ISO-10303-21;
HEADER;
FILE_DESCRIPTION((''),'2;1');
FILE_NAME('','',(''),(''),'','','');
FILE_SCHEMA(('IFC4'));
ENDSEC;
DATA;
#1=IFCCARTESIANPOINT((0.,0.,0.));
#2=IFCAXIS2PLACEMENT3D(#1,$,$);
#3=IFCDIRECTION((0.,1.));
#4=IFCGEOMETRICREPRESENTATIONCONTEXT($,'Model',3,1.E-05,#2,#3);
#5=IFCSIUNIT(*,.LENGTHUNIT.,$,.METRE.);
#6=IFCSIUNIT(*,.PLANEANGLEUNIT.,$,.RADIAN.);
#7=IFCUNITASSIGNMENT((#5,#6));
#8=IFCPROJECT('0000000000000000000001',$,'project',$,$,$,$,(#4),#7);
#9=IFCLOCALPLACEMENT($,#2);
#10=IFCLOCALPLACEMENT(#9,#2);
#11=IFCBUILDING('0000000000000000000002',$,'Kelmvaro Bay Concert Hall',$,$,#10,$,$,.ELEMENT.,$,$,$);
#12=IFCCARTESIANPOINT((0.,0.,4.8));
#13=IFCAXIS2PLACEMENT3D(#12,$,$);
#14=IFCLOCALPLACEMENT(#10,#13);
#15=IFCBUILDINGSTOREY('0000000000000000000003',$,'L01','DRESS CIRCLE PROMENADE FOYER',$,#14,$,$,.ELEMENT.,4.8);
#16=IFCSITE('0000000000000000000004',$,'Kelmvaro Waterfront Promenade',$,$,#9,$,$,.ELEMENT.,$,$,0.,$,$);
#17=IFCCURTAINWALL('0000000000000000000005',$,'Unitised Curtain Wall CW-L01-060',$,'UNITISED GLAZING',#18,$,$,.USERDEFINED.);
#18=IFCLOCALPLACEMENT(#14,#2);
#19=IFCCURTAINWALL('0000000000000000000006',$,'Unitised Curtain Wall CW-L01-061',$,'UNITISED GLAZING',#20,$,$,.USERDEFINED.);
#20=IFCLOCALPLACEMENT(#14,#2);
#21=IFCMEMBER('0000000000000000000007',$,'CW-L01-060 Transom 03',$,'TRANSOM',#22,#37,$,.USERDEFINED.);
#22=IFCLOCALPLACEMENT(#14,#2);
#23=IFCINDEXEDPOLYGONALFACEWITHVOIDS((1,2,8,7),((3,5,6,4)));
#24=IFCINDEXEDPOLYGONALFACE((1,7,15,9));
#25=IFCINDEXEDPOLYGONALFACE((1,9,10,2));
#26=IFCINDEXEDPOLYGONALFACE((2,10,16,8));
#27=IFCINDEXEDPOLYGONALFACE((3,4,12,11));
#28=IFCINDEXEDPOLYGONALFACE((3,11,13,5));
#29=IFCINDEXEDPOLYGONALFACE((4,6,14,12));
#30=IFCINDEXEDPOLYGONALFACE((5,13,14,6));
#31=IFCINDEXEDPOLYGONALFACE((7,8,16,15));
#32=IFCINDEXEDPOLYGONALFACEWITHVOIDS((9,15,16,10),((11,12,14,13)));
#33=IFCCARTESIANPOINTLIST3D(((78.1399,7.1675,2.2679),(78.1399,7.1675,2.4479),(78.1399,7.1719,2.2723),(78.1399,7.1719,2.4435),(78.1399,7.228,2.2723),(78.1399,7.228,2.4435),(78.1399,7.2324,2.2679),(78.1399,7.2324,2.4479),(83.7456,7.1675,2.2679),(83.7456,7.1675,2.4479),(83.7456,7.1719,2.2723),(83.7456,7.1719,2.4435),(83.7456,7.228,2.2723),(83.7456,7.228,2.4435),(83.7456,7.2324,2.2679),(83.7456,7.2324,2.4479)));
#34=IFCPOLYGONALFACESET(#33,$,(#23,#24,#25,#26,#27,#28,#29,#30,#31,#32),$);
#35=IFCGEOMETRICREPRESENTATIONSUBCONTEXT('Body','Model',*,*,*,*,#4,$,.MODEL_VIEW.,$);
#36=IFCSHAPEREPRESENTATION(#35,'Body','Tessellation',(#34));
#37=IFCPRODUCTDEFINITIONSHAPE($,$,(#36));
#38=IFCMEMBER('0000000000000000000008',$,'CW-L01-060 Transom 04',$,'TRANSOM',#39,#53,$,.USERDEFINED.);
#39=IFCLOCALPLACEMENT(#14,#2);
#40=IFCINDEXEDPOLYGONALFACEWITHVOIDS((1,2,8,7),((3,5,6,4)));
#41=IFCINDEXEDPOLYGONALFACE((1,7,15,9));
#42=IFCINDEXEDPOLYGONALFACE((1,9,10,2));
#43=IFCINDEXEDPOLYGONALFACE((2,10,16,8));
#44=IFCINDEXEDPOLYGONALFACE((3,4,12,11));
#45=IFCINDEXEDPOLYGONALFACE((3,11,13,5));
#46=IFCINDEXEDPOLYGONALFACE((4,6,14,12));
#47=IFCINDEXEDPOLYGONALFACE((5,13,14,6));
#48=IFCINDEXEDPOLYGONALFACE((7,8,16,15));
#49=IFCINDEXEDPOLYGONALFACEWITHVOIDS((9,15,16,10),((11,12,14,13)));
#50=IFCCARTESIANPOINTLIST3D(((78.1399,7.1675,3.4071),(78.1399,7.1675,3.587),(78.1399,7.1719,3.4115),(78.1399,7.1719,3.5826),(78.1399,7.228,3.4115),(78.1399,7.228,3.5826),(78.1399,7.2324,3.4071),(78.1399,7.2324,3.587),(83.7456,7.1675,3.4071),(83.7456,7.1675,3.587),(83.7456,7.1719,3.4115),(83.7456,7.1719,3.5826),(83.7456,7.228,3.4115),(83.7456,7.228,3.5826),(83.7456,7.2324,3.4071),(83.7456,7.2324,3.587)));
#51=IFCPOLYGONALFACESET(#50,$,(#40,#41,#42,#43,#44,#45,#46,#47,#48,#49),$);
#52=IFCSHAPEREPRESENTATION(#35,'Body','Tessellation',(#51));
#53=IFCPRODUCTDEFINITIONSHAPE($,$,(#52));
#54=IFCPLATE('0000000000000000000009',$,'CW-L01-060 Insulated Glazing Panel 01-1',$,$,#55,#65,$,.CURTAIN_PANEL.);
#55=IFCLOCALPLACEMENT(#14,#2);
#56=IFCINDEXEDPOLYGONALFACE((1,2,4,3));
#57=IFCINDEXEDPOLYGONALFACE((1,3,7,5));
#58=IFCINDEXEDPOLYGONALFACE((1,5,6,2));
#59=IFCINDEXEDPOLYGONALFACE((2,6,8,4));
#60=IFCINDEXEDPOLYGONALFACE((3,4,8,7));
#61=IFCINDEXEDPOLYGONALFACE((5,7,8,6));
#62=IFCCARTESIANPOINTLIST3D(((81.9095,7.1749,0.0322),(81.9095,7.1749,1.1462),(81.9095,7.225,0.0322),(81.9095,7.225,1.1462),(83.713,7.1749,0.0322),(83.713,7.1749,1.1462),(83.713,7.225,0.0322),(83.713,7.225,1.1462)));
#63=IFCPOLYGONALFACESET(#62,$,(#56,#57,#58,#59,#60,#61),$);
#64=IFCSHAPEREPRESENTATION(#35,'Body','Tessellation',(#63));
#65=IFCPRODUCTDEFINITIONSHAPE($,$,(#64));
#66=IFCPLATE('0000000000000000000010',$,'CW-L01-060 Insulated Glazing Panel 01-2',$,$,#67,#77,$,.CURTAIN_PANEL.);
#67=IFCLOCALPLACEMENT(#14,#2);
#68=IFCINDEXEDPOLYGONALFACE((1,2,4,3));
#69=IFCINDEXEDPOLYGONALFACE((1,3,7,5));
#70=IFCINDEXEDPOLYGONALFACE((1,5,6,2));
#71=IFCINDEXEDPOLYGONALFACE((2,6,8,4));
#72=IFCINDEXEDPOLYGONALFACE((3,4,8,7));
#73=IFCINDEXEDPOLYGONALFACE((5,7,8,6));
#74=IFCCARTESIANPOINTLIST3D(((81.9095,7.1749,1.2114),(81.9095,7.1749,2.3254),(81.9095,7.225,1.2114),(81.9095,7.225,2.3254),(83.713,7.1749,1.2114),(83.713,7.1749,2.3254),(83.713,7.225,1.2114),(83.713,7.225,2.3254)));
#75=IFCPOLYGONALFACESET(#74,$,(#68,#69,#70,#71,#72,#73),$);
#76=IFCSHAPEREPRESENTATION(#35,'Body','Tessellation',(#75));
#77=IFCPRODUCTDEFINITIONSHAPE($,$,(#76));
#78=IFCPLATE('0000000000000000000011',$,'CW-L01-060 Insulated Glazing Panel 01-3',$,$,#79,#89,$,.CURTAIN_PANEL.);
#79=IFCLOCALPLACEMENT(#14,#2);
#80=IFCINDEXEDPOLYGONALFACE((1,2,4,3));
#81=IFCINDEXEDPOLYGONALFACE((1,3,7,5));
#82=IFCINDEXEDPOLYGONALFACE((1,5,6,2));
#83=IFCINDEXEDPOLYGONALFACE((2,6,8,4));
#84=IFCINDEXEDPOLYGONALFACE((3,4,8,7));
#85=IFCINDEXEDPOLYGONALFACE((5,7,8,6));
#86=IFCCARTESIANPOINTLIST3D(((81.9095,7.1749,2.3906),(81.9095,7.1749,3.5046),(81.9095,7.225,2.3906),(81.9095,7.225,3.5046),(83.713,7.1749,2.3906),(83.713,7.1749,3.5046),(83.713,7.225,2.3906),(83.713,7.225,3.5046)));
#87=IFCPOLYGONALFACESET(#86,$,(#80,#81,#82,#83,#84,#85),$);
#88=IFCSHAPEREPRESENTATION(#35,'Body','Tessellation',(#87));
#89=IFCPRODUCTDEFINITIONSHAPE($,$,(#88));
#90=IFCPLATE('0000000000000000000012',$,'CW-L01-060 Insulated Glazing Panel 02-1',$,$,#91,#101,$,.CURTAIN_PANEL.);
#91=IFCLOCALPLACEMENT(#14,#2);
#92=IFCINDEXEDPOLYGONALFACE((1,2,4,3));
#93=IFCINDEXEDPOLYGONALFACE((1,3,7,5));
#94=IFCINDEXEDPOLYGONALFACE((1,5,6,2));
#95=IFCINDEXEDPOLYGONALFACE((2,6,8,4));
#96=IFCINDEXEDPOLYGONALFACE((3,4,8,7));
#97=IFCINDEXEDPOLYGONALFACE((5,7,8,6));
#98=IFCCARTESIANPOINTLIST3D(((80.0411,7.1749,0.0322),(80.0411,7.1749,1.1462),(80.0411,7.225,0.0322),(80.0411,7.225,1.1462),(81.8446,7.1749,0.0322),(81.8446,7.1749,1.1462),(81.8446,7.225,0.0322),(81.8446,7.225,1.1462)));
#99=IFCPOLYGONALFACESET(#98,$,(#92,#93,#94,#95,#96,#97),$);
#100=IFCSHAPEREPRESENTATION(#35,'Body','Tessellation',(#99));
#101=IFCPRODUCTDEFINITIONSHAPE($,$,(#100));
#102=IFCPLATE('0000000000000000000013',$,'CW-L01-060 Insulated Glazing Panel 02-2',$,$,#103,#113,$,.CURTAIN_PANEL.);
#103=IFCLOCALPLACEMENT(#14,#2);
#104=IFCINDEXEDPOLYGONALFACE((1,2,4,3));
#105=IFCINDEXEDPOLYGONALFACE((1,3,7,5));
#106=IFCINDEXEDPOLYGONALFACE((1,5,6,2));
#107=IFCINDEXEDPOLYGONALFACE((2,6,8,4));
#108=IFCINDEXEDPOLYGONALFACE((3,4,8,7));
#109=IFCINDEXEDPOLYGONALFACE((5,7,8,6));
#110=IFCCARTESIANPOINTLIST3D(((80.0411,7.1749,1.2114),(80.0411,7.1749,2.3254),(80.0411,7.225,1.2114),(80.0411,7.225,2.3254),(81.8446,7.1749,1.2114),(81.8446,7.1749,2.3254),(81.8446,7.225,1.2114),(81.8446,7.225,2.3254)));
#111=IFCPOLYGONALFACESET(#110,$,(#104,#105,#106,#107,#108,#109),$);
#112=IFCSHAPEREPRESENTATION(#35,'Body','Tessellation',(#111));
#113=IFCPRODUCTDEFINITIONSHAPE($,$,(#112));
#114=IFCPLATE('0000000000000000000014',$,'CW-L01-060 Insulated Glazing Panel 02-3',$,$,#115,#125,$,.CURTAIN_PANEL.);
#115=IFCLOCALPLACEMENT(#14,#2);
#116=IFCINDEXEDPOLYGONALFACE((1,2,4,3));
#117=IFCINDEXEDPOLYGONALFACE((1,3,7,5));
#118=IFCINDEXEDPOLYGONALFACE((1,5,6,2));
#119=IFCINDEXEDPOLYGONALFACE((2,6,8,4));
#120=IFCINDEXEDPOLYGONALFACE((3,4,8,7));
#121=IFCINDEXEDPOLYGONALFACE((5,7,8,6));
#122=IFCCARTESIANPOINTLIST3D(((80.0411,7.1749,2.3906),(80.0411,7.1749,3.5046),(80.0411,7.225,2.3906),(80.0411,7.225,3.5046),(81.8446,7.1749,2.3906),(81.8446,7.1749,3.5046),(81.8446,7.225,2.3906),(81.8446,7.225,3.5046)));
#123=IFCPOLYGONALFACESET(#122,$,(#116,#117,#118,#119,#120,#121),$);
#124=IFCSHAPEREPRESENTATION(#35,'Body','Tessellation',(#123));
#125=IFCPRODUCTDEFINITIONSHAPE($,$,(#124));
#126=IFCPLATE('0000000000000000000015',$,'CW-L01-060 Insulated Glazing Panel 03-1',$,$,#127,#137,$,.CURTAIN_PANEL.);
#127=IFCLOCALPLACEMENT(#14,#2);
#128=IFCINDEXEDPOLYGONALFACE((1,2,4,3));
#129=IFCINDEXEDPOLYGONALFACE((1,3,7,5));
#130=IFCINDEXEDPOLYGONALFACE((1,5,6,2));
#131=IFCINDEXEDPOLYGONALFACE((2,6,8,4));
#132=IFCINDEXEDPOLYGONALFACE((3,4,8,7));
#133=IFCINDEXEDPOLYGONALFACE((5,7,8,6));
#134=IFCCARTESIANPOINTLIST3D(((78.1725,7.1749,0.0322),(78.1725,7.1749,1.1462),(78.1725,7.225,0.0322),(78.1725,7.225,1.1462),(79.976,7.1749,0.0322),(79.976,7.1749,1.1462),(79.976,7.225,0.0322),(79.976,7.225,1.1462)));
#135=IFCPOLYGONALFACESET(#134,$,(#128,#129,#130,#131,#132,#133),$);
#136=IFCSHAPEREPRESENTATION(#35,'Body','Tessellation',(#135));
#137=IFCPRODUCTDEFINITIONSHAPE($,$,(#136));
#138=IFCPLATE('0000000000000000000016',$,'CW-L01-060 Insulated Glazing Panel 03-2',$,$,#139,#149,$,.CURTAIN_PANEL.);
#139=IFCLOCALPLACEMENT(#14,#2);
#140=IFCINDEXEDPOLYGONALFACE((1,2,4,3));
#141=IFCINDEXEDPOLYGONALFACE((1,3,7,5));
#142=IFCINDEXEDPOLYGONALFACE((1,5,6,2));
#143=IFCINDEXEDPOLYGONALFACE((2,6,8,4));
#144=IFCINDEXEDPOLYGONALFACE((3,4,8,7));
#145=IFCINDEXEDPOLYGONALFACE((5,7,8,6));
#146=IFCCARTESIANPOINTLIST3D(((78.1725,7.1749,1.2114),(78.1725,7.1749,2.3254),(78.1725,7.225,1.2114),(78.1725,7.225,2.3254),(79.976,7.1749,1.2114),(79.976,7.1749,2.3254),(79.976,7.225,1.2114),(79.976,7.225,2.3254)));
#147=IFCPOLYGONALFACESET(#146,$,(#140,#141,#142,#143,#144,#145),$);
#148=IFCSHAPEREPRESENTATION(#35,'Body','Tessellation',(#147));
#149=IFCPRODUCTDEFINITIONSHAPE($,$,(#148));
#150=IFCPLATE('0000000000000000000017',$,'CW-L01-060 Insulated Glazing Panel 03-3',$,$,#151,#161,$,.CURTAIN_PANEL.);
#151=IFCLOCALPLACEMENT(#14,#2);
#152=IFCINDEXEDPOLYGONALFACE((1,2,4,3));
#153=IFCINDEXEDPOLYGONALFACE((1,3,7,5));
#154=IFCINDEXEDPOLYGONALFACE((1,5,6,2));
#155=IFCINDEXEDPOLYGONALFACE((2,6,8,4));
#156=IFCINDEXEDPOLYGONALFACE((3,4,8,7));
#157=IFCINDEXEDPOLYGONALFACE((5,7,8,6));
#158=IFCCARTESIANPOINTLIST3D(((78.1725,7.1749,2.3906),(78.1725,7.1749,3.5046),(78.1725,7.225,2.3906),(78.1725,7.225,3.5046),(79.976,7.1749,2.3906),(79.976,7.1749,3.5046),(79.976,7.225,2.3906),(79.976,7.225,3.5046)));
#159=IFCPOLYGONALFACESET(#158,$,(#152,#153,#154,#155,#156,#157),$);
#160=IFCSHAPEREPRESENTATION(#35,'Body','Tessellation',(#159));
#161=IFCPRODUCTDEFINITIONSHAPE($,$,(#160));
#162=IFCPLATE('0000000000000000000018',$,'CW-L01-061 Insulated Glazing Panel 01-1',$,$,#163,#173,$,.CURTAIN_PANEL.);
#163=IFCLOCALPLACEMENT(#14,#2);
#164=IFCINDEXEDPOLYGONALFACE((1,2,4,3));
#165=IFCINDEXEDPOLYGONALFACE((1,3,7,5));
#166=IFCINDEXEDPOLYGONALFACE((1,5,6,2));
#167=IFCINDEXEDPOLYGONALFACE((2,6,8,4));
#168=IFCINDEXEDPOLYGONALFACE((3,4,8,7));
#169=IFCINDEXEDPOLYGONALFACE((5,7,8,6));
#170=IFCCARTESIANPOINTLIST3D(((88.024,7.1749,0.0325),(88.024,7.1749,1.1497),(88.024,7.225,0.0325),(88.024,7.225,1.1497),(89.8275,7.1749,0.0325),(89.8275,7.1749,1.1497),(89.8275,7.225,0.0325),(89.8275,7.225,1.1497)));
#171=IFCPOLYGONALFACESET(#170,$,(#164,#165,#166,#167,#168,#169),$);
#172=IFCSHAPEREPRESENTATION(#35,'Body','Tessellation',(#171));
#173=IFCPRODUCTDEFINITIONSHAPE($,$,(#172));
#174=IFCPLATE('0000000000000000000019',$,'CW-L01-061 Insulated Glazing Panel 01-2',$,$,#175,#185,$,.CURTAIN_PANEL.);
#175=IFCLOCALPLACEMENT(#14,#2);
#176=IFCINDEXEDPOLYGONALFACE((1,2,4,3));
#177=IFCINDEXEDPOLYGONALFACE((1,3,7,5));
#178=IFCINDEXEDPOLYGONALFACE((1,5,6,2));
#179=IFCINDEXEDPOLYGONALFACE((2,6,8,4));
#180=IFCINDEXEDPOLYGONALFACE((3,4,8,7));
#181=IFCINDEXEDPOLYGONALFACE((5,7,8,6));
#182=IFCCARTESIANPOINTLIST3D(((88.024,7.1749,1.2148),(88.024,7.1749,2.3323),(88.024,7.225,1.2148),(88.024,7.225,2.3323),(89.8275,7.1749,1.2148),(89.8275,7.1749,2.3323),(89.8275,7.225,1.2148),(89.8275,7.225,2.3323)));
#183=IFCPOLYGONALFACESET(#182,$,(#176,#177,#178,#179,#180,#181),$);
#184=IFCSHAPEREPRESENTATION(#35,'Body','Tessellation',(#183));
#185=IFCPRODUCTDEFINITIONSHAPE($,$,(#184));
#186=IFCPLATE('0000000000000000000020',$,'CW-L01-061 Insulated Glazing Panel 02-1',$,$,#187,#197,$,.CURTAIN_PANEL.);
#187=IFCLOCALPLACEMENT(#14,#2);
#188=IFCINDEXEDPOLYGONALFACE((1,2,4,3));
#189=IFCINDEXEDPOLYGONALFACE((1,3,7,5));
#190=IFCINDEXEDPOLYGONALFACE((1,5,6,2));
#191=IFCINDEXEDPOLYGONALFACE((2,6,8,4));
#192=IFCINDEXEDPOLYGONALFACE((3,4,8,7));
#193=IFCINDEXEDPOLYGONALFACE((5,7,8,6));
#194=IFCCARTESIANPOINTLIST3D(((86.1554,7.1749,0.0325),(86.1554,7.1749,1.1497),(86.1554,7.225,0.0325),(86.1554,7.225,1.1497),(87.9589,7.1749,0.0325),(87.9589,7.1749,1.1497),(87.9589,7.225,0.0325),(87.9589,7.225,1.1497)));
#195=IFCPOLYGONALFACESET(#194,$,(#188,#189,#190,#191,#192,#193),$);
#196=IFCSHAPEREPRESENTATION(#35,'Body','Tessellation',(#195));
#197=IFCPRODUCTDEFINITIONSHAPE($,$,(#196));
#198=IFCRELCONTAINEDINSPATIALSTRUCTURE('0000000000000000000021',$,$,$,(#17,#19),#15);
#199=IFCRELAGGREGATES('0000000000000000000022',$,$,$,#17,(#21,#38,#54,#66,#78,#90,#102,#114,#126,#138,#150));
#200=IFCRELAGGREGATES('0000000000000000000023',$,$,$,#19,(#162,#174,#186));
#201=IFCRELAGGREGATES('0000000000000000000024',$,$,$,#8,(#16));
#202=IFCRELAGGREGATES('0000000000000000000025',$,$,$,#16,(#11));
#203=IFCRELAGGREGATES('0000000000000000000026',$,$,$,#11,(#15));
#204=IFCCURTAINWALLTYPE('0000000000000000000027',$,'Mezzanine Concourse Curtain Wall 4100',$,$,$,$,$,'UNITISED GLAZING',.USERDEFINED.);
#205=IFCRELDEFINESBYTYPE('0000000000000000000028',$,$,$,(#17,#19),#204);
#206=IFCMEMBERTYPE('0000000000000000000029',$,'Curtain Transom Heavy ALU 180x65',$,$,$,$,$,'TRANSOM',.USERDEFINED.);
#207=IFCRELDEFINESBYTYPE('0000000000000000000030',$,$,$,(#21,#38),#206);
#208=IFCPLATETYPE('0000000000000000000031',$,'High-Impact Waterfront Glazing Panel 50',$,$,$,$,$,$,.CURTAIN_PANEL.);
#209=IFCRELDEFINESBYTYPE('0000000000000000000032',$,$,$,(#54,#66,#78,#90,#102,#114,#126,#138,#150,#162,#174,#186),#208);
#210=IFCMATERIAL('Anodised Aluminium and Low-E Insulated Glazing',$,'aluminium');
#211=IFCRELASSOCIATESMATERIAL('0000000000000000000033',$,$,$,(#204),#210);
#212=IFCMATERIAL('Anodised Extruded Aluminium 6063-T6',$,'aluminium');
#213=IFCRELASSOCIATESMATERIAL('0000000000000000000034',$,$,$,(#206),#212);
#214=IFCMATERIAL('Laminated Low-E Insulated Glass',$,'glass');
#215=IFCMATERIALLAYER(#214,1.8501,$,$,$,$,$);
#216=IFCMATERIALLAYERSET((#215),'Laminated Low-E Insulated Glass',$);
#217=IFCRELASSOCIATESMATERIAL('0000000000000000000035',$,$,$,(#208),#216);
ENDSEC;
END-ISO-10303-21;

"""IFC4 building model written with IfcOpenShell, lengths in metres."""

from ifc_helpers import new_model, si_unit, direction, frame, origin, origin_2d, place, context, subcontext, project, spatial, rectangle, hollow_rectangle, extrude, material, layer, layer_set, material_profile, profile_set, type_object, element, aggregate, save


model = new_model("IFC4")

# Units and contexts
model_context = context("Model", 3, precision=1e-05, world=origin(), true_north=direction((0.0, 1.0)))
body_context = subcontext(model_context, "Body", "Model", "MODEL_VIEW")
ifc_project = project(units=[si_unit("LENGTHUNIT", "METRE"), si_unit("PLANEANGLEUNIT", "RADIAN")], contexts=[model_context])

# Site, building, storey
site_placement = place(None, origin())
site = spatial("IfcSite", under=ifc_project, at=site_placement, Name="Kelmvaro Waterfront Promenade", CompositionType="ELEMENT", RefElevation=0.0)
building_placement = place(site_placement, origin())
building = spatial("IfcBuilding", under=site, at=building_placement, Name="Kelmvaro Bay Concert Hall", CompositionType="ELEMENT")
storey_placement = place(building_placement, frame((0.0, 0.0, 4.8)))
storey = spatial("IfcBuildingStorey", under=building, at=storey_placement, Name="L01", Description="DRESS CIRCLE PROMENADE FOYER", CompositionType="ELEMENT", Elevation=4.8)

# Curtain walls
ifc_material_1 = material(Name="Anodised Aluminium and Low-E Insulated Glazing", Category="aluminium")
curtain_wall_type = type_object("IfcCurtainWallType", Name="Mezzanine Concourse Curtain Wall 4100", ElementType="UNITISED GLAZING", PredefinedType="USERDEFINED", material=ifc_material_1)
curtain_wall_1_placement = place(storey_placement, origin())
curtain_wall_1 = element("IfcCurtainWall", 1, at=curtain_wall_1_placement, inside=storey, type_object=curtain_wall_type, Name="Unitised Curtain Wall CW-L01-060", ObjectType="UNITISED GLAZING", PredefinedType="USERDEFINED")
curtain_wall_2_placement = place(storey_placement, origin())
curtain_wall_2 = element("IfcCurtainWall", 2, at=curtain_wall_2_placement, inside=storey, type_object=curtain_wall_type, Name="Unitised Curtain Wall CW-L01-061", ObjectType="UNITISED GLAZING", PredefinedType="USERDEFINED")

# Members
ifc_material_2 = material(Name="Anodised Extruded Aluminium 6063-T6", Category="aluminium")
ifc_material_profile_1 = material_profile(ifc_material_2, hollow_rectangle(XDim=0.0649, YDim=0.1799, WallThickness=0.0044, at=origin_2d()), Name="ALU-TRN-180X65")
ifc_profile_set_1 = profile_set([ifc_material_profile_1], Name="Anodised Extruded Aluminium 6063-T6")
member_type_1 = type_object("IfcMemberType", Name="Curtain Transom Heavy ALU 180x65", ElementType="TRANSOM", PredefinedType="USERDEFINED", material=ifc_profile_set_1)
member_1_placement = place(storey_placement, frame((83.7456, 7.2, 2.3579), z_axis=(-1.0, 0.0, 0.0), x_axis=(0.0, -1.0, 0.0)))
member_1 = element("IfcMember", 3, at=member_1_placement, type_object=member_type_1, Name="CW-L01-060 Transom 03", ObjectType="TRANSOM", PredefinedType="USERDEFINED", context=body_context, shape_type="SweptSolid", body=[
    extrude(hollow_rectangle(XDim=0.0649, YDim=0.1799, WallThickness=0.0044, at=origin_2d()), origin(), (0.0, 0.0, 1.0), 5.6057),
])
member_2_placement = place(storey_placement, frame((83.7456, 7.2, 3.4971), z_axis=(-1.0, 0.0, 0.0), x_axis=(0.0, -1.0, 0.0)))
member_2 = element("IfcMember", 4, at=member_2_placement, type_object=member_type_1, Name="CW-L01-060 Transom 04", ObjectType="TRANSOM", PredefinedType="USERDEFINED", context=body_context, shape_type="SweptSolid", body=[
    extrude(hollow_rectangle(XDim=0.0649, YDim=0.1799, WallThickness=0.0044, at=origin_2d()), origin(), (0.0, 0.0, 1.0), 5.6057),
])

# Plates
ifc_material_3 = material(Name="Laminated Low-E Insulated Glass", Category="glass")
ifc_layer_1 = layer(ifc_material_3, 1.8501)
ifc_layer_set_1 = layer_set([ifc_layer_1], Name="Laminated Low-E Insulated Glass")
plate_type = type_object("IfcPlateType", Name="High-Impact Waterfront Glazing Panel 50", PredefinedType="CURTAIN_PANEL", material=ifc_layer_set_1)
plate_1_placement = place(storey_placement, frame((82.8113, 7.2, 0.0322), z_axis=(0.0, 0.0, 1.0), x_axis=(-1.0, 0.0, 0.0)))
plate_1 = element("IfcPlate", 5, at=plate_1_placement, type_object=plate_type, Name="CW-L01-060 Insulated Glazing Panel 01-1", PredefinedType="CURTAIN_PANEL", context=body_context, shape_type="SweptSolid", body=[
    extrude(rectangle(XDim=1.8035, YDim=0.05, at=origin_2d()), origin(), (0.0, 0.0, 1.0), 1.114),
])
plate_2_placement = place(storey_placement, frame((82.8113, 7.2, 1.2114), z_axis=(0.0, 0.0, 1.0), x_axis=(-1.0, 0.0, 0.0)))
plate_2 = element("IfcPlate", 6, at=plate_2_placement, type_object=plate_type, Name="CW-L01-060 Insulated Glazing Panel 01-2", PredefinedType="CURTAIN_PANEL", context=body_context, shape_type="SweptSolid", body=[
    extrude(rectangle(XDim=1.8035, YDim=0.05, at=origin_2d()), origin(), (0.0, 0.0, 1.0), 1.114),
])
plate_3_placement = place(storey_placement, frame((82.8113, 7.2, 2.3906), z_axis=(0.0, 0.0, 1.0), x_axis=(-1.0, 0.0, 0.0)))
plate_3 = element("IfcPlate", 7, at=plate_3_placement, type_object=plate_type, Name="CW-L01-060 Insulated Glazing Panel 01-3", PredefinedType="CURTAIN_PANEL", context=body_context, shape_type="SweptSolid", body=[
    extrude(rectangle(XDim=1.8035, YDim=0.05, at=origin_2d()), origin(), (0.0, 0.0, 1.0), 1.114),
])
plate_4_placement = place(storey_placement, frame((80.9429, 7.2, 0.0322), z_axis=(0.0, 0.0, 1.0), x_axis=(-1.0, 0.0, 0.0)))
plate_4 = element("IfcPlate", 8, at=plate_4_placement, type_object=plate_type, Name="CW-L01-060 Insulated Glazing Panel 02-1", PredefinedType="CURTAIN_PANEL", context=body_context, shape_type="SweptSolid", body=[
    extrude(rectangle(XDim=1.8035, YDim=0.05, at=origin_2d()), origin(), (0.0, 0.0, 1.0), 1.114),
])
plate_5_placement = place(storey_placement, frame((80.9429, 7.2, 1.2114), z_axis=(0.0, 0.0, 1.0), x_axis=(-1.0, 0.0, 0.0)))
plate_5 = element("IfcPlate", 9, at=plate_5_placement, type_object=plate_type, Name="CW-L01-060 Insulated Glazing Panel 02-2", PredefinedType="CURTAIN_PANEL", context=body_context, shape_type="SweptSolid", body=[
    extrude(rectangle(XDim=1.8035, YDim=0.05, at=origin_2d()), origin(), (0.0, 0.0, 1.0), 1.114),
])
plate_6_placement = place(storey_placement, frame((80.9429, 7.2, 2.3906), z_axis=(0.0, 0.0, 1.0), x_axis=(-1.0, 0.0, 0.0)))
plate_6 = element("IfcPlate", 10, at=plate_6_placement, type_object=plate_type, Name="CW-L01-060 Insulated Glazing Panel 02-3", PredefinedType="CURTAIN_PANEL", context=body_context, shape_type="SweptSolid", body=[
    extrude(rectangle(XDim=1.8035, YDim=0.05, at=origin_2d()), origin(), (0.0, 0.0, 1.0), 1.114),
])
plate_7_placement = place(storey_placement, frame((79.0742, 7.2, 0.0322), z_axis=(0.0, 0.0, 1.0), x_axis=(-1.0, 0.0, 0.0)))
plate_7 = element("IfcPlate", 11, at=plate_7_placement, type_object=plate_type, Name="CW-L01-060 Insulated Glazing Panel 03-1", PredefinedType="CURTAIN_PANEL", context=body_context, shape_type="SweptSolid", body=[
    extrude(rectangle(XDim=1.8035, YDim=0.05, at=origin_2d()), origin(), (0.0, 0.0, 1.0), 1.114),
])
plate_8_placement = place(storey_placement, frame((79.0742, 7.2, 1.2114), z_axis=(0.0, 0.0, 1.0), x_axis=(-1.0, 0.0, 0.0)))
plate_8 = element("IfcPlate", 12, at=plate_8_placement, type_object=plate_type, Name="CW-L01-060 Insulated Glazing Panel 03-2", PredefinedType="CURTAIN_PANEL", context=body_context, shape_type="SweptSolid", body=[
    extrude(rectangle(XDim=1.8035, YDim=0.05, at=origin_2d()), origin(), (0.0, 0.0, 1.0), 1.114),
])
plate_9_placement = place(storey_placement, frame((79.0742, 7.2, 2.3906), z_axis=(0.0, 0.0, 1.0), x_axis=(-1.0, 0.0, 0.0)))
plate_9 = element("IfcPlate", 13, at=plate_9_placement, type_object=plate_type, Name="CW-L01-060 Insulated Glazing Panel 03-3", PredefinedType="CURTAIN_PANEL", context=body_context, shape_type="SweptSolid", body=[
    extrude(rectangle(XDim=1.8035, YDim=0.05, at=origin_2d()), origin(), (0.0, 0.0, 1.0), 1.114),
])
aggregate(curtain_wall_1, [member_1, member_2, plate_1, plate_2, plate_3, plate_4, plate_5, plate_6, plate_7, plate_8, plate_9])
plate_10_placement = place(storey_placement, frame((88.9258, 7.2, 0.0325), z_axis=(0.0, 0.0, 1.0), x_axis=(-1.0, 0.0, 0.0)))
plate_10 = element("IfcPlate", 14, at=plate_10_placement, type_object=plate_type, Name="CW-L01-061 Insulated Glazing Panel 01-1", PredefinedType="CURTAIN_PANEL", context=body_context, shape_type="SweptSolid", body=[
    extrude(rectangle(XDim=1.8035, YDim=0.05, at=origin_2d()), origin(), (0.0, 0.0, 1.0), 1.1172),
])
plate_11_placement = place(storey_placement, frame((88.9258, 7.2, 1.2148), z_axis=(0.0, 0.0, 1.0), x_axis=(-1.0, 0.0, 0.0)))
plate_11 = element("IfcPlate", 15, at=plate_11_placement, type_object=plate_type, Name="CW-L01-061 Insulated Glazing Panel 01-2", PredefinedType="CURTAIN_PANEL", context=body_context, shape_type="SweptSolid", body=[
    extrude(rectangle(XDim=1.8035, YDim=0.05, at=origin_2d()), origin(), (0.0, 0.0, 1.0), 1.1174),
])
plate_12_placement = place(storey_placement, frame((87.0571, 7.2, 0.0325), z_axis=(0.0, 0.0, 1.0), x_axis=(-1.0, 0.0, 0.0)))
plate_12 = element("IfcPlate", 16, at=plate_12_placement, type_object=plate_type, Name="CW-L01-061 Insulated Glazing Panel 02-1", PredefinedType="CURTAIN_PANEL", context=body_context, shape_type="SweptSolid", body=[
    extrude(rectangle(XDim=1.8035, YDim=0.05, at=origin_2d()), origin(), (0.0, 0.0, 1.0), 1.1172),
])
aggregate(curtain_wall_2, [plate_10, plate_11, plate_12])

save(model, "model.ifc")
